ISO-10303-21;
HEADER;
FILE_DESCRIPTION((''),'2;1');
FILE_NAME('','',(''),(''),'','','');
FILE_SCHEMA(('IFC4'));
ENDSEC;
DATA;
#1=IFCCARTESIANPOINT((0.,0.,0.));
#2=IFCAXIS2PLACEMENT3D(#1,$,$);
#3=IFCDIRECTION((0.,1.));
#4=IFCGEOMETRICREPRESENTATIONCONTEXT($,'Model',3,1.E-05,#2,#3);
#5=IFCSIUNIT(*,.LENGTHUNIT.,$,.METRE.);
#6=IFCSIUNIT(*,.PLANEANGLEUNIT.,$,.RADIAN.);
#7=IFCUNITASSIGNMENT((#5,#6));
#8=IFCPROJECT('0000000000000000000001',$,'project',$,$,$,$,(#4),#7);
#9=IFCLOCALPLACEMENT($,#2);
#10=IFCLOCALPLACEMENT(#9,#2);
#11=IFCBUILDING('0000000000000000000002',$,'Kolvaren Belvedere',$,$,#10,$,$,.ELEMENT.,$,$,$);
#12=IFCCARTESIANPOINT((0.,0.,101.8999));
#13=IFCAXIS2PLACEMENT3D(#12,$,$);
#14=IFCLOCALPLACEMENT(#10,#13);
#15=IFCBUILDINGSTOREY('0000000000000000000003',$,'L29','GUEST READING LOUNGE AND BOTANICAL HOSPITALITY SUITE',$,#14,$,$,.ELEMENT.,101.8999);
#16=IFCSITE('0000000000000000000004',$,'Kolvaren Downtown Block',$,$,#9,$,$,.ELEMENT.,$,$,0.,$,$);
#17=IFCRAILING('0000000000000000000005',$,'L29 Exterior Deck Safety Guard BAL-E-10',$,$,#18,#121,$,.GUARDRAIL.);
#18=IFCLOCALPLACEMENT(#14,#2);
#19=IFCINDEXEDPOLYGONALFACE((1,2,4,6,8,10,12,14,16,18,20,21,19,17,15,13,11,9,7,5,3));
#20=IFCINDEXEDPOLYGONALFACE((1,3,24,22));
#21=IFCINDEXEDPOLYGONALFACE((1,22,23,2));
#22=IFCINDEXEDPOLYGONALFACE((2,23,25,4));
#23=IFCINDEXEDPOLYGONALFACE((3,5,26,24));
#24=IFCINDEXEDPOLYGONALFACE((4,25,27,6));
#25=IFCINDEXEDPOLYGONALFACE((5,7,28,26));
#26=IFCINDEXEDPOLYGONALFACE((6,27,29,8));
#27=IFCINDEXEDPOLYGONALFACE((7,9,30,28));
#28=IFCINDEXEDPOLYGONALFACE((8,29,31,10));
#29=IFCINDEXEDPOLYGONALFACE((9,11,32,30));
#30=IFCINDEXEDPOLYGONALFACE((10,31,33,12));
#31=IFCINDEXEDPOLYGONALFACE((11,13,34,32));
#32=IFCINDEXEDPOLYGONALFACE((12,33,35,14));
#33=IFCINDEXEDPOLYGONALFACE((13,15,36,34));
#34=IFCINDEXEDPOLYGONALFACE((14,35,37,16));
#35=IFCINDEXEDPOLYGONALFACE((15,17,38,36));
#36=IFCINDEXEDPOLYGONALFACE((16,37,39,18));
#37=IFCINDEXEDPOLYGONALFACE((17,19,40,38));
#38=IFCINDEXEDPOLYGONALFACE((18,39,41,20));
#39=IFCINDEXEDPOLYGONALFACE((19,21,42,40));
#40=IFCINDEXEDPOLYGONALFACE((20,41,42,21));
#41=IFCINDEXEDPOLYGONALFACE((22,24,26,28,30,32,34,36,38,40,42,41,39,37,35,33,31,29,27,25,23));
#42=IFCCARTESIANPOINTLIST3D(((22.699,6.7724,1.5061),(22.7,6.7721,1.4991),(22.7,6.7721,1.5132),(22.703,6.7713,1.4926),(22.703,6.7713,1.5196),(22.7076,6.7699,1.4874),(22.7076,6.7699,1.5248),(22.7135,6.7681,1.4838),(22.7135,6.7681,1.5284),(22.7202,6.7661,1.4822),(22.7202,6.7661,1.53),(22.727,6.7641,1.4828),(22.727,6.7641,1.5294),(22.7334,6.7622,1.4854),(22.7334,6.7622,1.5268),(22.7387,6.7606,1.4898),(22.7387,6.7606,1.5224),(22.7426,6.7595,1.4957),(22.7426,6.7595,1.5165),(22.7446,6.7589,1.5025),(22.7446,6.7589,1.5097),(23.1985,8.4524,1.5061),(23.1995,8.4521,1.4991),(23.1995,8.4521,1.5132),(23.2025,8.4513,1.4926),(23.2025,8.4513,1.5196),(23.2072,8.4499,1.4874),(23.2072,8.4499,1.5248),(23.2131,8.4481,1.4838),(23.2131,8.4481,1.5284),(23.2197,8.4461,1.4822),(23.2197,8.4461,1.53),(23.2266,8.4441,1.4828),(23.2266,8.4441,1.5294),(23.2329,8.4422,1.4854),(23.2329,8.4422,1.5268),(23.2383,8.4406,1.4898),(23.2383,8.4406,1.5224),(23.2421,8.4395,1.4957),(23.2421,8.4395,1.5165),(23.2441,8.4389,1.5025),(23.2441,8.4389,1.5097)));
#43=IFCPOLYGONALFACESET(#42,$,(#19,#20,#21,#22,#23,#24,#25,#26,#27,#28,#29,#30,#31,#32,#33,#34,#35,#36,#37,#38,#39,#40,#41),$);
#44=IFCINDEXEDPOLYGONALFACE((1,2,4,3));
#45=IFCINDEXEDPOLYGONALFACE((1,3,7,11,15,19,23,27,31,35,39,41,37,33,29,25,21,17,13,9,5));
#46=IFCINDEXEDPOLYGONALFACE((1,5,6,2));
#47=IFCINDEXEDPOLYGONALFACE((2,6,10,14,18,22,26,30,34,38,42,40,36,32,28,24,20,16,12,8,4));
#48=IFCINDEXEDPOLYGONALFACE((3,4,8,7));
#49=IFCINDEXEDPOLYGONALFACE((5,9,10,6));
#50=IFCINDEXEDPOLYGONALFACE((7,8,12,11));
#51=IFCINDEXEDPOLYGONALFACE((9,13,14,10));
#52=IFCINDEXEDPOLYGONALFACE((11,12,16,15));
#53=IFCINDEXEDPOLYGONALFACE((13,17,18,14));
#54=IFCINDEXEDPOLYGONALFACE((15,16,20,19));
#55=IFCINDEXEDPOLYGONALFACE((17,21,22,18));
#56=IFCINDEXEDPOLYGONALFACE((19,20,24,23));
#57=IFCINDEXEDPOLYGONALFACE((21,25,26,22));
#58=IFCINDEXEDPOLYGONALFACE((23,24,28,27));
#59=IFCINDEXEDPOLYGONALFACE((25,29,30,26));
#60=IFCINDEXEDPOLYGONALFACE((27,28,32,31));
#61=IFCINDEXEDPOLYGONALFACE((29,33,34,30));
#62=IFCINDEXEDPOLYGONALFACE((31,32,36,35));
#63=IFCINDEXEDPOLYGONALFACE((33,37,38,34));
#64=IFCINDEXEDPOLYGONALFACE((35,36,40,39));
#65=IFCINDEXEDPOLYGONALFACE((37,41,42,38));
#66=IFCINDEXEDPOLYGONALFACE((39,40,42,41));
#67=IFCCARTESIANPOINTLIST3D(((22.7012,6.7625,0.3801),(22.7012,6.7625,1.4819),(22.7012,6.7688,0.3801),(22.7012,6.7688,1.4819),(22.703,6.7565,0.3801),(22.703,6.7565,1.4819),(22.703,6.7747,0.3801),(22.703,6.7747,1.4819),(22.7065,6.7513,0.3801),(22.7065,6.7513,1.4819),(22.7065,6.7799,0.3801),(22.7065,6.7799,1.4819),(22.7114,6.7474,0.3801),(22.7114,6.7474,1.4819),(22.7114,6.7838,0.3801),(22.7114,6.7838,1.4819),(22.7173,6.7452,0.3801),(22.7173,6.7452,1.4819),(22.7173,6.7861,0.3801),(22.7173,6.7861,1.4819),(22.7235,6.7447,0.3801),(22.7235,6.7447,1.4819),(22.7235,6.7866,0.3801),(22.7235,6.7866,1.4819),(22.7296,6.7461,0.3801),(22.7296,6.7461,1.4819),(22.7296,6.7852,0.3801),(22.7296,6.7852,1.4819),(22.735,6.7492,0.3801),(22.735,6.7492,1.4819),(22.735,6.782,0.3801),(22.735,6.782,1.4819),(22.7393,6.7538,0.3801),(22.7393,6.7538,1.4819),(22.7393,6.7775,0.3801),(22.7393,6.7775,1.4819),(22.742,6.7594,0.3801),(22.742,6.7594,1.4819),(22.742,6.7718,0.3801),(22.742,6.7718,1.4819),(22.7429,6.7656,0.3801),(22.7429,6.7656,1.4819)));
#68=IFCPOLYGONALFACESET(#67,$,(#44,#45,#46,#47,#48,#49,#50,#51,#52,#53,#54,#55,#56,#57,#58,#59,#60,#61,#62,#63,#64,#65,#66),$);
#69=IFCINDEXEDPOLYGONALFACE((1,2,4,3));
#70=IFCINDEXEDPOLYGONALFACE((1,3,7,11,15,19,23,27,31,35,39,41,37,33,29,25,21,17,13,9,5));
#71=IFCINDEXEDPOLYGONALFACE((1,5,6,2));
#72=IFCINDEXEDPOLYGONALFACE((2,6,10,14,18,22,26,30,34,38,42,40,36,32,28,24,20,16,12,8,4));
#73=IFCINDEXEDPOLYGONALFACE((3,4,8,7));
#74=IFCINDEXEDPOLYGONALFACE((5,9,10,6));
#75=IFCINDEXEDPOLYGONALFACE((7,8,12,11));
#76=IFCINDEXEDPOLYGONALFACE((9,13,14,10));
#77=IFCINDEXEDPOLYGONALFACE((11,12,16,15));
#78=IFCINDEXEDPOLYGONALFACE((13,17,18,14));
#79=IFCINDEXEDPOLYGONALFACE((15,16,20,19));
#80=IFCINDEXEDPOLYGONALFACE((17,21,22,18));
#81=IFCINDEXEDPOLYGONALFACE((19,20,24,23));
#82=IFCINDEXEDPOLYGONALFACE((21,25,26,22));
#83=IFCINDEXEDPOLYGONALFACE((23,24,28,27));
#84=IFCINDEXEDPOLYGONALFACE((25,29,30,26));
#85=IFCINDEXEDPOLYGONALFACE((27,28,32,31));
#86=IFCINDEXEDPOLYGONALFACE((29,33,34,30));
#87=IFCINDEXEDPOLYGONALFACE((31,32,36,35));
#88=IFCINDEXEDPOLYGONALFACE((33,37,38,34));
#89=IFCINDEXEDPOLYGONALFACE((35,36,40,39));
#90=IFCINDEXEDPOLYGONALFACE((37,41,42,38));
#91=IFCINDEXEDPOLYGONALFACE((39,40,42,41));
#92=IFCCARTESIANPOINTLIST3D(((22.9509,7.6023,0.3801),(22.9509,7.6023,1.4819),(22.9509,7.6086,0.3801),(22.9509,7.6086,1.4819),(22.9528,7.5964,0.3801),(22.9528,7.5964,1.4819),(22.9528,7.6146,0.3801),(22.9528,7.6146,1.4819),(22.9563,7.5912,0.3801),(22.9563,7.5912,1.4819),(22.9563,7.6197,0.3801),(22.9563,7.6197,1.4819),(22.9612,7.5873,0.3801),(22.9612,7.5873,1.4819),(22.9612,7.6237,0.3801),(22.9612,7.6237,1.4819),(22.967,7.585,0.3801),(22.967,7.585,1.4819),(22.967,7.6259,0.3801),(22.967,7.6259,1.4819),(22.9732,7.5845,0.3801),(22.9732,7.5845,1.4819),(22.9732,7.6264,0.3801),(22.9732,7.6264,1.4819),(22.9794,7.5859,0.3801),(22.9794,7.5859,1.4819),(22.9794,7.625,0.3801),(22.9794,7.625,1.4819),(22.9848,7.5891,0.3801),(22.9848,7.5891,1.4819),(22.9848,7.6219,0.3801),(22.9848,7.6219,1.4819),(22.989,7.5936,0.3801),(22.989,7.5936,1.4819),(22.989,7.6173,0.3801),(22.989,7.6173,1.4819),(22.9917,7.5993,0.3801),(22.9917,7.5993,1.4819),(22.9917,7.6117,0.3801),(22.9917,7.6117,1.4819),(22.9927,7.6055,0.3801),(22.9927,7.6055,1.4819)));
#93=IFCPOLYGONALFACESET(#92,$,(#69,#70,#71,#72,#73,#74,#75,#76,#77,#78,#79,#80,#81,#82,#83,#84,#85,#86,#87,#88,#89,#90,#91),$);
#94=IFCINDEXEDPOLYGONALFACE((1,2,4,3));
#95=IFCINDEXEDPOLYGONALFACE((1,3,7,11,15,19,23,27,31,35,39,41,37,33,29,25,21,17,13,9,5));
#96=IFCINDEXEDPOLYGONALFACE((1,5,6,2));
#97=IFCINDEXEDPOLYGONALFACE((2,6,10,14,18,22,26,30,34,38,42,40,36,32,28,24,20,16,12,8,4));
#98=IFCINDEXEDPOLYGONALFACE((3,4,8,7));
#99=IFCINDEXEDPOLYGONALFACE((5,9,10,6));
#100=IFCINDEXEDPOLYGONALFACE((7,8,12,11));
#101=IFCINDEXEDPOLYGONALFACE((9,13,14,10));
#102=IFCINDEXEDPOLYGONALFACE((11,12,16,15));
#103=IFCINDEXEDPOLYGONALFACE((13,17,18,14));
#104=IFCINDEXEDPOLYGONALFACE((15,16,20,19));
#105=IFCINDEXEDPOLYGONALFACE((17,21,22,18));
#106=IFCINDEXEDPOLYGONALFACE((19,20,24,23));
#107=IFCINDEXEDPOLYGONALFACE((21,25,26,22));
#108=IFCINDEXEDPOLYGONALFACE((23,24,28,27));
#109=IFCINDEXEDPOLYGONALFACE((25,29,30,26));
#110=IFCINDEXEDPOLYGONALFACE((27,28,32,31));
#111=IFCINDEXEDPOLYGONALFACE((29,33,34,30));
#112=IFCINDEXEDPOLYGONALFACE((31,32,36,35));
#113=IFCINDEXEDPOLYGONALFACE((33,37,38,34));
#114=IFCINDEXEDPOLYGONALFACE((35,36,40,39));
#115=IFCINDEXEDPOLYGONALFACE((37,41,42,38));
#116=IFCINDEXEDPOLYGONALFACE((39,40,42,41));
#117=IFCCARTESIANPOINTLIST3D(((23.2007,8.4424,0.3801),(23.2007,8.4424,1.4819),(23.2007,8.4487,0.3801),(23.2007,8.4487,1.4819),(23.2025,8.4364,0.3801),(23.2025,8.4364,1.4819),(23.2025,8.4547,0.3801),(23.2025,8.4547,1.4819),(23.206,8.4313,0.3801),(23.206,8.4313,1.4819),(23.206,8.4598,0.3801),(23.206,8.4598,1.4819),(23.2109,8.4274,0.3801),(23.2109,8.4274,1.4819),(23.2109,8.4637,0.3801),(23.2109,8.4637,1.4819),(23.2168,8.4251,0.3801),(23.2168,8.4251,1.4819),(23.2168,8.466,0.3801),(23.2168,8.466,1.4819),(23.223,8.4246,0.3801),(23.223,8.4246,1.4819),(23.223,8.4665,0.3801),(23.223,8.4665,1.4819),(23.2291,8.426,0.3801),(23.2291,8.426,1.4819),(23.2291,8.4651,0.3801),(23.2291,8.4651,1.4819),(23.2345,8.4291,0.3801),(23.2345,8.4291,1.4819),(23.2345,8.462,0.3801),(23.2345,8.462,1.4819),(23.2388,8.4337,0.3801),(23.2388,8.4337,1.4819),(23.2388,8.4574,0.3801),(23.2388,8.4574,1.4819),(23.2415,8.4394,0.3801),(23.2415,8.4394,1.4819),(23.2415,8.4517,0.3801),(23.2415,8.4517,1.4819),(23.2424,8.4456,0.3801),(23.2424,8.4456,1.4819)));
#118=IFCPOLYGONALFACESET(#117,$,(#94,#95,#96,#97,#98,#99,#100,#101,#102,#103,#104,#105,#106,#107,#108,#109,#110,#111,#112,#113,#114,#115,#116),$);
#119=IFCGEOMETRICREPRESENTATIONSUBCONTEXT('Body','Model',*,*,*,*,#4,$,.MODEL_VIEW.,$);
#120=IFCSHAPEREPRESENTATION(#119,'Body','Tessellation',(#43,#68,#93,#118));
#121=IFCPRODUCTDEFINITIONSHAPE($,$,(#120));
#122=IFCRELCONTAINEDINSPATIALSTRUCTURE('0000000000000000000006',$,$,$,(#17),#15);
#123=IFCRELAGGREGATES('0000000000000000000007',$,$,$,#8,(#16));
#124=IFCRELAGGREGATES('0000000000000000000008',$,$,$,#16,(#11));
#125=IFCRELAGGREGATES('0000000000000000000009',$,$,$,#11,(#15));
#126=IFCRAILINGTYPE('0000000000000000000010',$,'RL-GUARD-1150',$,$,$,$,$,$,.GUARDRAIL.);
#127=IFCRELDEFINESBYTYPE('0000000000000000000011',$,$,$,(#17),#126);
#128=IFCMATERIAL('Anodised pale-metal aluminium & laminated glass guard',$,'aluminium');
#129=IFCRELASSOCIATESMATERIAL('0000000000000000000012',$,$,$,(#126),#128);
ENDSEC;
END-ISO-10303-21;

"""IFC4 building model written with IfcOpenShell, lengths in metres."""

from ifc_helpers import new_model, si_unit, direction, frame, origin, origin_2d, place, context, subcontext, project, spatial, circle, extrude, material, type_object, element, save


model = new_model("IFC4")

# Units and contexts
model_context = context("Model", 3, precision=1e-05, world=origin(), true_north=direction((0.0, 1.0)))
body_context = subcontext(model_context, "Body", "Model", "MODEL_VIEW")
ifc_project = project(units=[si_unit("LENGTHUNIT", "METRE"), si_unit("PLANEANGLEUNIT", "RADIAN")], contexts=[model_context])

# Site, building, storey
site_placement = place(None, origin())
site = spatial("IfcSite", under=ifc_project, at=site_placement, Name="Kolvaren Downtown Block", CompositionType="ELEMENT", RefElevation=0.0)
building_placement = place(site_placement, origin())
building = spatial("IfcBuilding", under=site, at=building_placement, Name="Kolvaren Belvedere", CompositionType="ELEMENT")
storey_placement = place(building_placement, frame((0.0, 0.0, 101.8999)))
storey = spatial("IfcBuildingStorey", under=building, at=storey_placement, Name="L29", Description="GUEST READING LOUNGE AND BOTANICAL HOSPITALITY SUITE", CompositionType="ELEMENT", Elevation=101.8999)

# Railing
ifc_material_1 = material(Name="Anodised pale-metal aluminium & laminated glass guard", Category="aluminium")
railing_type = type_object("IfcRailingType", Name="RL-GUARD-1150", PredefinedType="GUARDRAIL", material=ifc_material_1)
railing_1_placement = place(storey_placement, frame((22.7219, 6.7656, 0.3801)))
element("IfcRailing", 1, at=railing_1_placement, inside=storey, type_object=railing_type, Name="L29 Exterior Deck Safety Guard BAL-E-10", PredefinedType="GUARDRAIL", context=body_context, shape_type="SweptSolid", body=[
    extrude(circle(Radius=0.0239, at=origin_2d()), frame((0.0, 0.0, 1.126), z_axis=(0.285008, 0.958525, 0.0), x_axis=(-0.958525, 0.285008, 0.0)), (0.0, 0.0, 1.0), 1.7527),
    extrude(circle(Radius=0.021, at=origin_2d()), origin(), (0.0, 0.0, 1.0), 1.1018),
    extrude(circle(Radius=0.021, at=origin_2d()), frame((0.2498, 0.8398, 0.0)), (0.0, 0.0, 1.0), 1.1018),
    extrude(circle(Radius=0.021, at=origin_2d()), frame((0.4995, 1.6799, 0.0)), (0.0, 0.0, 1.0), 1.1018),
])

save(model, "model.ifc")
